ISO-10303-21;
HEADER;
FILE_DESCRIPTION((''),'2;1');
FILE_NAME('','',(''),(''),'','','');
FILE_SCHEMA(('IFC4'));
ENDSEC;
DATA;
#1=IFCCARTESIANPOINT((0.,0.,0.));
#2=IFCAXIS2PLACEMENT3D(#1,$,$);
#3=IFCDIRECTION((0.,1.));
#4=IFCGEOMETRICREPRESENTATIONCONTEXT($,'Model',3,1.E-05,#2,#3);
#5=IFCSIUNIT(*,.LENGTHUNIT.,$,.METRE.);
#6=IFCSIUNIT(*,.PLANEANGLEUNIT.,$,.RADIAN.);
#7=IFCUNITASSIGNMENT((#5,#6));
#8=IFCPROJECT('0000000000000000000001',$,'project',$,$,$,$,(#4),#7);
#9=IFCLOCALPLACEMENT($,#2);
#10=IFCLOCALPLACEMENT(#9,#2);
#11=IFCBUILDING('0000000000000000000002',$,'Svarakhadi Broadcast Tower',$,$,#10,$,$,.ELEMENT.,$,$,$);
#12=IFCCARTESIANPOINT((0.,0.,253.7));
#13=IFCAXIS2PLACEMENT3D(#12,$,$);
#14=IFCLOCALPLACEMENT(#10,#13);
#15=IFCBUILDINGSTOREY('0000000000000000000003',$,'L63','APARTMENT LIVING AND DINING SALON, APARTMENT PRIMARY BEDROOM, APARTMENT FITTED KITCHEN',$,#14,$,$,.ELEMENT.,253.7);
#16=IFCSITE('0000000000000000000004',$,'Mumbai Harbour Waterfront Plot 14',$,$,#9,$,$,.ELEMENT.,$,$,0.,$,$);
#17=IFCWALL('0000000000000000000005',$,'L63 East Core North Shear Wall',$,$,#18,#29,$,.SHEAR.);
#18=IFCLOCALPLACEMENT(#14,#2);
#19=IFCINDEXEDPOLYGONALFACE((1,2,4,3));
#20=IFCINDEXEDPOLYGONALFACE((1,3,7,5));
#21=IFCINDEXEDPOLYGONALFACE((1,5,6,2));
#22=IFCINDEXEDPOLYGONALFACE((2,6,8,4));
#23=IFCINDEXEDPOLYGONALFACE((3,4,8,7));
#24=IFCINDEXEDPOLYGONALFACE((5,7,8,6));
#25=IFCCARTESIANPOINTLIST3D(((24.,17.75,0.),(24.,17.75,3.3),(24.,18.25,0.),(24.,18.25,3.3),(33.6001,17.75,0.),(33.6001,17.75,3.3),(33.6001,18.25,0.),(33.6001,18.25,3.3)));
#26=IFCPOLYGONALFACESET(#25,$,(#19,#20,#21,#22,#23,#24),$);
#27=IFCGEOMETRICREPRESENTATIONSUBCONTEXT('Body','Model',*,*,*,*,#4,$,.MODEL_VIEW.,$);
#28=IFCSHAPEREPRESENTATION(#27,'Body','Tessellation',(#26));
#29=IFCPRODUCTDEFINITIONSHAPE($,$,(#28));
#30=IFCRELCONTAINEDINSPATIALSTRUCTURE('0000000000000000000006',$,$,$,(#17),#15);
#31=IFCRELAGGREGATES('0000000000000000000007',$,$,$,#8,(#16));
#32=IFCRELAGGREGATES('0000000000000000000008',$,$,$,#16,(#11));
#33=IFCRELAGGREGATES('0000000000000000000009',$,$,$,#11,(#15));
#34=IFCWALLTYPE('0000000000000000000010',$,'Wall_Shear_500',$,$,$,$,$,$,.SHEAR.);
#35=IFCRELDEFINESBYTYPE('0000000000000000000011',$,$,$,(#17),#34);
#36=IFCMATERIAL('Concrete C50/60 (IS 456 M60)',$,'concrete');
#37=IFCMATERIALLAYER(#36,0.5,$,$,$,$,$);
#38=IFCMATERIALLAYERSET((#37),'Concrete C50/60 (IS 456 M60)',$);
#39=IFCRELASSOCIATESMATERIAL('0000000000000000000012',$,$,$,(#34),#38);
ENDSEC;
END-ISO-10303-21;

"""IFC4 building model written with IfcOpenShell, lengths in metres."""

from ifc_helpers import new_model, si_unit, direction, frame, frame_2d, origin, place, context, subcontext, project, spatial, rectangle, extrude, material, layer, layer_set, type_object, element, save


model = new_model("IFC4")

# Units and contexts
model_context = context("Model", 3, precision=1e-05, world=origin(), true_north=direction((0.0, 1.0)))
body_context = subcontext(model_context, "Body", "Model", "MODEL_VIEW")
ifc_project = project(units=[si_unit("LENGTHUNIT", "METRE"), si_unit("PLANEANGLEUNIT", "RADIAN")], contexts=[model_context])

# Site, building, storey
site_placement = place(None, origin())
site = spatial("IfcSite", under=ifc_project, at=site_placement, Name="Mumbai Harbour Waterfront Plot 14", CompositionType="ELEMENT", RefElevation=0.0)
building_placement = place(site_placement, origin())
building = spatial("IfcBuilding", under=site, at=building_placement, Name="Svarakhadi Broadcast Tower", CompositionType="ELEMENT")
storey_placement = place(building_placement, frame((0.0, 0.0, 253.7)))
storey = spatial("IfcBuildingStorey", under=building, at=storey_placement, Name="L63", Description="APARTMENT LIVING AND DINING SALON, APARTMENT PRIMARY BEDROOM, APARTMENT FITTED KITCHEN", CompositionType="ELEMENT", Elevation=253.7)

# Shared definitions
ifc_material_1 = material(Name="Concrete C50/60 (IS 456 M60)", Category="concrete")

# Wall
ifc_layer_1 = layer(ifc_material_1, 0.5)
ifc_layer_set_1 = layer_set([ifc_layer_1], Name="Concrete C50/60 (IS 456 M60)")
wall_type_1 = type_object("IfcWallType", Name="Wall_Shear_500", PredefinedType="SHEAR", material=ifc_layer_set_1)
wall_1_placement = place(storey_placement, frame((24.0, 18.0, 0.0), z_axis=(0.0, 0.0, 1.0), x_axis=(1.0, 0.0, 0.0)))
element("IfcWall", 1, at=wall_1_placement, inside=storey, type_object=wall_type_1, Name="L63 East Core North Shear Wall", PredefinedType="SHEAR", context=body_context, shape_type="SweptSolid", body=[
    extrude(rectangle(XDim=9.6001, YDim=0.5, at=frame_2d((4.8, 0.0))), origin(), (0.0, 0.0, 1.0), 3.3),
])

save(model, "model.ifc")
